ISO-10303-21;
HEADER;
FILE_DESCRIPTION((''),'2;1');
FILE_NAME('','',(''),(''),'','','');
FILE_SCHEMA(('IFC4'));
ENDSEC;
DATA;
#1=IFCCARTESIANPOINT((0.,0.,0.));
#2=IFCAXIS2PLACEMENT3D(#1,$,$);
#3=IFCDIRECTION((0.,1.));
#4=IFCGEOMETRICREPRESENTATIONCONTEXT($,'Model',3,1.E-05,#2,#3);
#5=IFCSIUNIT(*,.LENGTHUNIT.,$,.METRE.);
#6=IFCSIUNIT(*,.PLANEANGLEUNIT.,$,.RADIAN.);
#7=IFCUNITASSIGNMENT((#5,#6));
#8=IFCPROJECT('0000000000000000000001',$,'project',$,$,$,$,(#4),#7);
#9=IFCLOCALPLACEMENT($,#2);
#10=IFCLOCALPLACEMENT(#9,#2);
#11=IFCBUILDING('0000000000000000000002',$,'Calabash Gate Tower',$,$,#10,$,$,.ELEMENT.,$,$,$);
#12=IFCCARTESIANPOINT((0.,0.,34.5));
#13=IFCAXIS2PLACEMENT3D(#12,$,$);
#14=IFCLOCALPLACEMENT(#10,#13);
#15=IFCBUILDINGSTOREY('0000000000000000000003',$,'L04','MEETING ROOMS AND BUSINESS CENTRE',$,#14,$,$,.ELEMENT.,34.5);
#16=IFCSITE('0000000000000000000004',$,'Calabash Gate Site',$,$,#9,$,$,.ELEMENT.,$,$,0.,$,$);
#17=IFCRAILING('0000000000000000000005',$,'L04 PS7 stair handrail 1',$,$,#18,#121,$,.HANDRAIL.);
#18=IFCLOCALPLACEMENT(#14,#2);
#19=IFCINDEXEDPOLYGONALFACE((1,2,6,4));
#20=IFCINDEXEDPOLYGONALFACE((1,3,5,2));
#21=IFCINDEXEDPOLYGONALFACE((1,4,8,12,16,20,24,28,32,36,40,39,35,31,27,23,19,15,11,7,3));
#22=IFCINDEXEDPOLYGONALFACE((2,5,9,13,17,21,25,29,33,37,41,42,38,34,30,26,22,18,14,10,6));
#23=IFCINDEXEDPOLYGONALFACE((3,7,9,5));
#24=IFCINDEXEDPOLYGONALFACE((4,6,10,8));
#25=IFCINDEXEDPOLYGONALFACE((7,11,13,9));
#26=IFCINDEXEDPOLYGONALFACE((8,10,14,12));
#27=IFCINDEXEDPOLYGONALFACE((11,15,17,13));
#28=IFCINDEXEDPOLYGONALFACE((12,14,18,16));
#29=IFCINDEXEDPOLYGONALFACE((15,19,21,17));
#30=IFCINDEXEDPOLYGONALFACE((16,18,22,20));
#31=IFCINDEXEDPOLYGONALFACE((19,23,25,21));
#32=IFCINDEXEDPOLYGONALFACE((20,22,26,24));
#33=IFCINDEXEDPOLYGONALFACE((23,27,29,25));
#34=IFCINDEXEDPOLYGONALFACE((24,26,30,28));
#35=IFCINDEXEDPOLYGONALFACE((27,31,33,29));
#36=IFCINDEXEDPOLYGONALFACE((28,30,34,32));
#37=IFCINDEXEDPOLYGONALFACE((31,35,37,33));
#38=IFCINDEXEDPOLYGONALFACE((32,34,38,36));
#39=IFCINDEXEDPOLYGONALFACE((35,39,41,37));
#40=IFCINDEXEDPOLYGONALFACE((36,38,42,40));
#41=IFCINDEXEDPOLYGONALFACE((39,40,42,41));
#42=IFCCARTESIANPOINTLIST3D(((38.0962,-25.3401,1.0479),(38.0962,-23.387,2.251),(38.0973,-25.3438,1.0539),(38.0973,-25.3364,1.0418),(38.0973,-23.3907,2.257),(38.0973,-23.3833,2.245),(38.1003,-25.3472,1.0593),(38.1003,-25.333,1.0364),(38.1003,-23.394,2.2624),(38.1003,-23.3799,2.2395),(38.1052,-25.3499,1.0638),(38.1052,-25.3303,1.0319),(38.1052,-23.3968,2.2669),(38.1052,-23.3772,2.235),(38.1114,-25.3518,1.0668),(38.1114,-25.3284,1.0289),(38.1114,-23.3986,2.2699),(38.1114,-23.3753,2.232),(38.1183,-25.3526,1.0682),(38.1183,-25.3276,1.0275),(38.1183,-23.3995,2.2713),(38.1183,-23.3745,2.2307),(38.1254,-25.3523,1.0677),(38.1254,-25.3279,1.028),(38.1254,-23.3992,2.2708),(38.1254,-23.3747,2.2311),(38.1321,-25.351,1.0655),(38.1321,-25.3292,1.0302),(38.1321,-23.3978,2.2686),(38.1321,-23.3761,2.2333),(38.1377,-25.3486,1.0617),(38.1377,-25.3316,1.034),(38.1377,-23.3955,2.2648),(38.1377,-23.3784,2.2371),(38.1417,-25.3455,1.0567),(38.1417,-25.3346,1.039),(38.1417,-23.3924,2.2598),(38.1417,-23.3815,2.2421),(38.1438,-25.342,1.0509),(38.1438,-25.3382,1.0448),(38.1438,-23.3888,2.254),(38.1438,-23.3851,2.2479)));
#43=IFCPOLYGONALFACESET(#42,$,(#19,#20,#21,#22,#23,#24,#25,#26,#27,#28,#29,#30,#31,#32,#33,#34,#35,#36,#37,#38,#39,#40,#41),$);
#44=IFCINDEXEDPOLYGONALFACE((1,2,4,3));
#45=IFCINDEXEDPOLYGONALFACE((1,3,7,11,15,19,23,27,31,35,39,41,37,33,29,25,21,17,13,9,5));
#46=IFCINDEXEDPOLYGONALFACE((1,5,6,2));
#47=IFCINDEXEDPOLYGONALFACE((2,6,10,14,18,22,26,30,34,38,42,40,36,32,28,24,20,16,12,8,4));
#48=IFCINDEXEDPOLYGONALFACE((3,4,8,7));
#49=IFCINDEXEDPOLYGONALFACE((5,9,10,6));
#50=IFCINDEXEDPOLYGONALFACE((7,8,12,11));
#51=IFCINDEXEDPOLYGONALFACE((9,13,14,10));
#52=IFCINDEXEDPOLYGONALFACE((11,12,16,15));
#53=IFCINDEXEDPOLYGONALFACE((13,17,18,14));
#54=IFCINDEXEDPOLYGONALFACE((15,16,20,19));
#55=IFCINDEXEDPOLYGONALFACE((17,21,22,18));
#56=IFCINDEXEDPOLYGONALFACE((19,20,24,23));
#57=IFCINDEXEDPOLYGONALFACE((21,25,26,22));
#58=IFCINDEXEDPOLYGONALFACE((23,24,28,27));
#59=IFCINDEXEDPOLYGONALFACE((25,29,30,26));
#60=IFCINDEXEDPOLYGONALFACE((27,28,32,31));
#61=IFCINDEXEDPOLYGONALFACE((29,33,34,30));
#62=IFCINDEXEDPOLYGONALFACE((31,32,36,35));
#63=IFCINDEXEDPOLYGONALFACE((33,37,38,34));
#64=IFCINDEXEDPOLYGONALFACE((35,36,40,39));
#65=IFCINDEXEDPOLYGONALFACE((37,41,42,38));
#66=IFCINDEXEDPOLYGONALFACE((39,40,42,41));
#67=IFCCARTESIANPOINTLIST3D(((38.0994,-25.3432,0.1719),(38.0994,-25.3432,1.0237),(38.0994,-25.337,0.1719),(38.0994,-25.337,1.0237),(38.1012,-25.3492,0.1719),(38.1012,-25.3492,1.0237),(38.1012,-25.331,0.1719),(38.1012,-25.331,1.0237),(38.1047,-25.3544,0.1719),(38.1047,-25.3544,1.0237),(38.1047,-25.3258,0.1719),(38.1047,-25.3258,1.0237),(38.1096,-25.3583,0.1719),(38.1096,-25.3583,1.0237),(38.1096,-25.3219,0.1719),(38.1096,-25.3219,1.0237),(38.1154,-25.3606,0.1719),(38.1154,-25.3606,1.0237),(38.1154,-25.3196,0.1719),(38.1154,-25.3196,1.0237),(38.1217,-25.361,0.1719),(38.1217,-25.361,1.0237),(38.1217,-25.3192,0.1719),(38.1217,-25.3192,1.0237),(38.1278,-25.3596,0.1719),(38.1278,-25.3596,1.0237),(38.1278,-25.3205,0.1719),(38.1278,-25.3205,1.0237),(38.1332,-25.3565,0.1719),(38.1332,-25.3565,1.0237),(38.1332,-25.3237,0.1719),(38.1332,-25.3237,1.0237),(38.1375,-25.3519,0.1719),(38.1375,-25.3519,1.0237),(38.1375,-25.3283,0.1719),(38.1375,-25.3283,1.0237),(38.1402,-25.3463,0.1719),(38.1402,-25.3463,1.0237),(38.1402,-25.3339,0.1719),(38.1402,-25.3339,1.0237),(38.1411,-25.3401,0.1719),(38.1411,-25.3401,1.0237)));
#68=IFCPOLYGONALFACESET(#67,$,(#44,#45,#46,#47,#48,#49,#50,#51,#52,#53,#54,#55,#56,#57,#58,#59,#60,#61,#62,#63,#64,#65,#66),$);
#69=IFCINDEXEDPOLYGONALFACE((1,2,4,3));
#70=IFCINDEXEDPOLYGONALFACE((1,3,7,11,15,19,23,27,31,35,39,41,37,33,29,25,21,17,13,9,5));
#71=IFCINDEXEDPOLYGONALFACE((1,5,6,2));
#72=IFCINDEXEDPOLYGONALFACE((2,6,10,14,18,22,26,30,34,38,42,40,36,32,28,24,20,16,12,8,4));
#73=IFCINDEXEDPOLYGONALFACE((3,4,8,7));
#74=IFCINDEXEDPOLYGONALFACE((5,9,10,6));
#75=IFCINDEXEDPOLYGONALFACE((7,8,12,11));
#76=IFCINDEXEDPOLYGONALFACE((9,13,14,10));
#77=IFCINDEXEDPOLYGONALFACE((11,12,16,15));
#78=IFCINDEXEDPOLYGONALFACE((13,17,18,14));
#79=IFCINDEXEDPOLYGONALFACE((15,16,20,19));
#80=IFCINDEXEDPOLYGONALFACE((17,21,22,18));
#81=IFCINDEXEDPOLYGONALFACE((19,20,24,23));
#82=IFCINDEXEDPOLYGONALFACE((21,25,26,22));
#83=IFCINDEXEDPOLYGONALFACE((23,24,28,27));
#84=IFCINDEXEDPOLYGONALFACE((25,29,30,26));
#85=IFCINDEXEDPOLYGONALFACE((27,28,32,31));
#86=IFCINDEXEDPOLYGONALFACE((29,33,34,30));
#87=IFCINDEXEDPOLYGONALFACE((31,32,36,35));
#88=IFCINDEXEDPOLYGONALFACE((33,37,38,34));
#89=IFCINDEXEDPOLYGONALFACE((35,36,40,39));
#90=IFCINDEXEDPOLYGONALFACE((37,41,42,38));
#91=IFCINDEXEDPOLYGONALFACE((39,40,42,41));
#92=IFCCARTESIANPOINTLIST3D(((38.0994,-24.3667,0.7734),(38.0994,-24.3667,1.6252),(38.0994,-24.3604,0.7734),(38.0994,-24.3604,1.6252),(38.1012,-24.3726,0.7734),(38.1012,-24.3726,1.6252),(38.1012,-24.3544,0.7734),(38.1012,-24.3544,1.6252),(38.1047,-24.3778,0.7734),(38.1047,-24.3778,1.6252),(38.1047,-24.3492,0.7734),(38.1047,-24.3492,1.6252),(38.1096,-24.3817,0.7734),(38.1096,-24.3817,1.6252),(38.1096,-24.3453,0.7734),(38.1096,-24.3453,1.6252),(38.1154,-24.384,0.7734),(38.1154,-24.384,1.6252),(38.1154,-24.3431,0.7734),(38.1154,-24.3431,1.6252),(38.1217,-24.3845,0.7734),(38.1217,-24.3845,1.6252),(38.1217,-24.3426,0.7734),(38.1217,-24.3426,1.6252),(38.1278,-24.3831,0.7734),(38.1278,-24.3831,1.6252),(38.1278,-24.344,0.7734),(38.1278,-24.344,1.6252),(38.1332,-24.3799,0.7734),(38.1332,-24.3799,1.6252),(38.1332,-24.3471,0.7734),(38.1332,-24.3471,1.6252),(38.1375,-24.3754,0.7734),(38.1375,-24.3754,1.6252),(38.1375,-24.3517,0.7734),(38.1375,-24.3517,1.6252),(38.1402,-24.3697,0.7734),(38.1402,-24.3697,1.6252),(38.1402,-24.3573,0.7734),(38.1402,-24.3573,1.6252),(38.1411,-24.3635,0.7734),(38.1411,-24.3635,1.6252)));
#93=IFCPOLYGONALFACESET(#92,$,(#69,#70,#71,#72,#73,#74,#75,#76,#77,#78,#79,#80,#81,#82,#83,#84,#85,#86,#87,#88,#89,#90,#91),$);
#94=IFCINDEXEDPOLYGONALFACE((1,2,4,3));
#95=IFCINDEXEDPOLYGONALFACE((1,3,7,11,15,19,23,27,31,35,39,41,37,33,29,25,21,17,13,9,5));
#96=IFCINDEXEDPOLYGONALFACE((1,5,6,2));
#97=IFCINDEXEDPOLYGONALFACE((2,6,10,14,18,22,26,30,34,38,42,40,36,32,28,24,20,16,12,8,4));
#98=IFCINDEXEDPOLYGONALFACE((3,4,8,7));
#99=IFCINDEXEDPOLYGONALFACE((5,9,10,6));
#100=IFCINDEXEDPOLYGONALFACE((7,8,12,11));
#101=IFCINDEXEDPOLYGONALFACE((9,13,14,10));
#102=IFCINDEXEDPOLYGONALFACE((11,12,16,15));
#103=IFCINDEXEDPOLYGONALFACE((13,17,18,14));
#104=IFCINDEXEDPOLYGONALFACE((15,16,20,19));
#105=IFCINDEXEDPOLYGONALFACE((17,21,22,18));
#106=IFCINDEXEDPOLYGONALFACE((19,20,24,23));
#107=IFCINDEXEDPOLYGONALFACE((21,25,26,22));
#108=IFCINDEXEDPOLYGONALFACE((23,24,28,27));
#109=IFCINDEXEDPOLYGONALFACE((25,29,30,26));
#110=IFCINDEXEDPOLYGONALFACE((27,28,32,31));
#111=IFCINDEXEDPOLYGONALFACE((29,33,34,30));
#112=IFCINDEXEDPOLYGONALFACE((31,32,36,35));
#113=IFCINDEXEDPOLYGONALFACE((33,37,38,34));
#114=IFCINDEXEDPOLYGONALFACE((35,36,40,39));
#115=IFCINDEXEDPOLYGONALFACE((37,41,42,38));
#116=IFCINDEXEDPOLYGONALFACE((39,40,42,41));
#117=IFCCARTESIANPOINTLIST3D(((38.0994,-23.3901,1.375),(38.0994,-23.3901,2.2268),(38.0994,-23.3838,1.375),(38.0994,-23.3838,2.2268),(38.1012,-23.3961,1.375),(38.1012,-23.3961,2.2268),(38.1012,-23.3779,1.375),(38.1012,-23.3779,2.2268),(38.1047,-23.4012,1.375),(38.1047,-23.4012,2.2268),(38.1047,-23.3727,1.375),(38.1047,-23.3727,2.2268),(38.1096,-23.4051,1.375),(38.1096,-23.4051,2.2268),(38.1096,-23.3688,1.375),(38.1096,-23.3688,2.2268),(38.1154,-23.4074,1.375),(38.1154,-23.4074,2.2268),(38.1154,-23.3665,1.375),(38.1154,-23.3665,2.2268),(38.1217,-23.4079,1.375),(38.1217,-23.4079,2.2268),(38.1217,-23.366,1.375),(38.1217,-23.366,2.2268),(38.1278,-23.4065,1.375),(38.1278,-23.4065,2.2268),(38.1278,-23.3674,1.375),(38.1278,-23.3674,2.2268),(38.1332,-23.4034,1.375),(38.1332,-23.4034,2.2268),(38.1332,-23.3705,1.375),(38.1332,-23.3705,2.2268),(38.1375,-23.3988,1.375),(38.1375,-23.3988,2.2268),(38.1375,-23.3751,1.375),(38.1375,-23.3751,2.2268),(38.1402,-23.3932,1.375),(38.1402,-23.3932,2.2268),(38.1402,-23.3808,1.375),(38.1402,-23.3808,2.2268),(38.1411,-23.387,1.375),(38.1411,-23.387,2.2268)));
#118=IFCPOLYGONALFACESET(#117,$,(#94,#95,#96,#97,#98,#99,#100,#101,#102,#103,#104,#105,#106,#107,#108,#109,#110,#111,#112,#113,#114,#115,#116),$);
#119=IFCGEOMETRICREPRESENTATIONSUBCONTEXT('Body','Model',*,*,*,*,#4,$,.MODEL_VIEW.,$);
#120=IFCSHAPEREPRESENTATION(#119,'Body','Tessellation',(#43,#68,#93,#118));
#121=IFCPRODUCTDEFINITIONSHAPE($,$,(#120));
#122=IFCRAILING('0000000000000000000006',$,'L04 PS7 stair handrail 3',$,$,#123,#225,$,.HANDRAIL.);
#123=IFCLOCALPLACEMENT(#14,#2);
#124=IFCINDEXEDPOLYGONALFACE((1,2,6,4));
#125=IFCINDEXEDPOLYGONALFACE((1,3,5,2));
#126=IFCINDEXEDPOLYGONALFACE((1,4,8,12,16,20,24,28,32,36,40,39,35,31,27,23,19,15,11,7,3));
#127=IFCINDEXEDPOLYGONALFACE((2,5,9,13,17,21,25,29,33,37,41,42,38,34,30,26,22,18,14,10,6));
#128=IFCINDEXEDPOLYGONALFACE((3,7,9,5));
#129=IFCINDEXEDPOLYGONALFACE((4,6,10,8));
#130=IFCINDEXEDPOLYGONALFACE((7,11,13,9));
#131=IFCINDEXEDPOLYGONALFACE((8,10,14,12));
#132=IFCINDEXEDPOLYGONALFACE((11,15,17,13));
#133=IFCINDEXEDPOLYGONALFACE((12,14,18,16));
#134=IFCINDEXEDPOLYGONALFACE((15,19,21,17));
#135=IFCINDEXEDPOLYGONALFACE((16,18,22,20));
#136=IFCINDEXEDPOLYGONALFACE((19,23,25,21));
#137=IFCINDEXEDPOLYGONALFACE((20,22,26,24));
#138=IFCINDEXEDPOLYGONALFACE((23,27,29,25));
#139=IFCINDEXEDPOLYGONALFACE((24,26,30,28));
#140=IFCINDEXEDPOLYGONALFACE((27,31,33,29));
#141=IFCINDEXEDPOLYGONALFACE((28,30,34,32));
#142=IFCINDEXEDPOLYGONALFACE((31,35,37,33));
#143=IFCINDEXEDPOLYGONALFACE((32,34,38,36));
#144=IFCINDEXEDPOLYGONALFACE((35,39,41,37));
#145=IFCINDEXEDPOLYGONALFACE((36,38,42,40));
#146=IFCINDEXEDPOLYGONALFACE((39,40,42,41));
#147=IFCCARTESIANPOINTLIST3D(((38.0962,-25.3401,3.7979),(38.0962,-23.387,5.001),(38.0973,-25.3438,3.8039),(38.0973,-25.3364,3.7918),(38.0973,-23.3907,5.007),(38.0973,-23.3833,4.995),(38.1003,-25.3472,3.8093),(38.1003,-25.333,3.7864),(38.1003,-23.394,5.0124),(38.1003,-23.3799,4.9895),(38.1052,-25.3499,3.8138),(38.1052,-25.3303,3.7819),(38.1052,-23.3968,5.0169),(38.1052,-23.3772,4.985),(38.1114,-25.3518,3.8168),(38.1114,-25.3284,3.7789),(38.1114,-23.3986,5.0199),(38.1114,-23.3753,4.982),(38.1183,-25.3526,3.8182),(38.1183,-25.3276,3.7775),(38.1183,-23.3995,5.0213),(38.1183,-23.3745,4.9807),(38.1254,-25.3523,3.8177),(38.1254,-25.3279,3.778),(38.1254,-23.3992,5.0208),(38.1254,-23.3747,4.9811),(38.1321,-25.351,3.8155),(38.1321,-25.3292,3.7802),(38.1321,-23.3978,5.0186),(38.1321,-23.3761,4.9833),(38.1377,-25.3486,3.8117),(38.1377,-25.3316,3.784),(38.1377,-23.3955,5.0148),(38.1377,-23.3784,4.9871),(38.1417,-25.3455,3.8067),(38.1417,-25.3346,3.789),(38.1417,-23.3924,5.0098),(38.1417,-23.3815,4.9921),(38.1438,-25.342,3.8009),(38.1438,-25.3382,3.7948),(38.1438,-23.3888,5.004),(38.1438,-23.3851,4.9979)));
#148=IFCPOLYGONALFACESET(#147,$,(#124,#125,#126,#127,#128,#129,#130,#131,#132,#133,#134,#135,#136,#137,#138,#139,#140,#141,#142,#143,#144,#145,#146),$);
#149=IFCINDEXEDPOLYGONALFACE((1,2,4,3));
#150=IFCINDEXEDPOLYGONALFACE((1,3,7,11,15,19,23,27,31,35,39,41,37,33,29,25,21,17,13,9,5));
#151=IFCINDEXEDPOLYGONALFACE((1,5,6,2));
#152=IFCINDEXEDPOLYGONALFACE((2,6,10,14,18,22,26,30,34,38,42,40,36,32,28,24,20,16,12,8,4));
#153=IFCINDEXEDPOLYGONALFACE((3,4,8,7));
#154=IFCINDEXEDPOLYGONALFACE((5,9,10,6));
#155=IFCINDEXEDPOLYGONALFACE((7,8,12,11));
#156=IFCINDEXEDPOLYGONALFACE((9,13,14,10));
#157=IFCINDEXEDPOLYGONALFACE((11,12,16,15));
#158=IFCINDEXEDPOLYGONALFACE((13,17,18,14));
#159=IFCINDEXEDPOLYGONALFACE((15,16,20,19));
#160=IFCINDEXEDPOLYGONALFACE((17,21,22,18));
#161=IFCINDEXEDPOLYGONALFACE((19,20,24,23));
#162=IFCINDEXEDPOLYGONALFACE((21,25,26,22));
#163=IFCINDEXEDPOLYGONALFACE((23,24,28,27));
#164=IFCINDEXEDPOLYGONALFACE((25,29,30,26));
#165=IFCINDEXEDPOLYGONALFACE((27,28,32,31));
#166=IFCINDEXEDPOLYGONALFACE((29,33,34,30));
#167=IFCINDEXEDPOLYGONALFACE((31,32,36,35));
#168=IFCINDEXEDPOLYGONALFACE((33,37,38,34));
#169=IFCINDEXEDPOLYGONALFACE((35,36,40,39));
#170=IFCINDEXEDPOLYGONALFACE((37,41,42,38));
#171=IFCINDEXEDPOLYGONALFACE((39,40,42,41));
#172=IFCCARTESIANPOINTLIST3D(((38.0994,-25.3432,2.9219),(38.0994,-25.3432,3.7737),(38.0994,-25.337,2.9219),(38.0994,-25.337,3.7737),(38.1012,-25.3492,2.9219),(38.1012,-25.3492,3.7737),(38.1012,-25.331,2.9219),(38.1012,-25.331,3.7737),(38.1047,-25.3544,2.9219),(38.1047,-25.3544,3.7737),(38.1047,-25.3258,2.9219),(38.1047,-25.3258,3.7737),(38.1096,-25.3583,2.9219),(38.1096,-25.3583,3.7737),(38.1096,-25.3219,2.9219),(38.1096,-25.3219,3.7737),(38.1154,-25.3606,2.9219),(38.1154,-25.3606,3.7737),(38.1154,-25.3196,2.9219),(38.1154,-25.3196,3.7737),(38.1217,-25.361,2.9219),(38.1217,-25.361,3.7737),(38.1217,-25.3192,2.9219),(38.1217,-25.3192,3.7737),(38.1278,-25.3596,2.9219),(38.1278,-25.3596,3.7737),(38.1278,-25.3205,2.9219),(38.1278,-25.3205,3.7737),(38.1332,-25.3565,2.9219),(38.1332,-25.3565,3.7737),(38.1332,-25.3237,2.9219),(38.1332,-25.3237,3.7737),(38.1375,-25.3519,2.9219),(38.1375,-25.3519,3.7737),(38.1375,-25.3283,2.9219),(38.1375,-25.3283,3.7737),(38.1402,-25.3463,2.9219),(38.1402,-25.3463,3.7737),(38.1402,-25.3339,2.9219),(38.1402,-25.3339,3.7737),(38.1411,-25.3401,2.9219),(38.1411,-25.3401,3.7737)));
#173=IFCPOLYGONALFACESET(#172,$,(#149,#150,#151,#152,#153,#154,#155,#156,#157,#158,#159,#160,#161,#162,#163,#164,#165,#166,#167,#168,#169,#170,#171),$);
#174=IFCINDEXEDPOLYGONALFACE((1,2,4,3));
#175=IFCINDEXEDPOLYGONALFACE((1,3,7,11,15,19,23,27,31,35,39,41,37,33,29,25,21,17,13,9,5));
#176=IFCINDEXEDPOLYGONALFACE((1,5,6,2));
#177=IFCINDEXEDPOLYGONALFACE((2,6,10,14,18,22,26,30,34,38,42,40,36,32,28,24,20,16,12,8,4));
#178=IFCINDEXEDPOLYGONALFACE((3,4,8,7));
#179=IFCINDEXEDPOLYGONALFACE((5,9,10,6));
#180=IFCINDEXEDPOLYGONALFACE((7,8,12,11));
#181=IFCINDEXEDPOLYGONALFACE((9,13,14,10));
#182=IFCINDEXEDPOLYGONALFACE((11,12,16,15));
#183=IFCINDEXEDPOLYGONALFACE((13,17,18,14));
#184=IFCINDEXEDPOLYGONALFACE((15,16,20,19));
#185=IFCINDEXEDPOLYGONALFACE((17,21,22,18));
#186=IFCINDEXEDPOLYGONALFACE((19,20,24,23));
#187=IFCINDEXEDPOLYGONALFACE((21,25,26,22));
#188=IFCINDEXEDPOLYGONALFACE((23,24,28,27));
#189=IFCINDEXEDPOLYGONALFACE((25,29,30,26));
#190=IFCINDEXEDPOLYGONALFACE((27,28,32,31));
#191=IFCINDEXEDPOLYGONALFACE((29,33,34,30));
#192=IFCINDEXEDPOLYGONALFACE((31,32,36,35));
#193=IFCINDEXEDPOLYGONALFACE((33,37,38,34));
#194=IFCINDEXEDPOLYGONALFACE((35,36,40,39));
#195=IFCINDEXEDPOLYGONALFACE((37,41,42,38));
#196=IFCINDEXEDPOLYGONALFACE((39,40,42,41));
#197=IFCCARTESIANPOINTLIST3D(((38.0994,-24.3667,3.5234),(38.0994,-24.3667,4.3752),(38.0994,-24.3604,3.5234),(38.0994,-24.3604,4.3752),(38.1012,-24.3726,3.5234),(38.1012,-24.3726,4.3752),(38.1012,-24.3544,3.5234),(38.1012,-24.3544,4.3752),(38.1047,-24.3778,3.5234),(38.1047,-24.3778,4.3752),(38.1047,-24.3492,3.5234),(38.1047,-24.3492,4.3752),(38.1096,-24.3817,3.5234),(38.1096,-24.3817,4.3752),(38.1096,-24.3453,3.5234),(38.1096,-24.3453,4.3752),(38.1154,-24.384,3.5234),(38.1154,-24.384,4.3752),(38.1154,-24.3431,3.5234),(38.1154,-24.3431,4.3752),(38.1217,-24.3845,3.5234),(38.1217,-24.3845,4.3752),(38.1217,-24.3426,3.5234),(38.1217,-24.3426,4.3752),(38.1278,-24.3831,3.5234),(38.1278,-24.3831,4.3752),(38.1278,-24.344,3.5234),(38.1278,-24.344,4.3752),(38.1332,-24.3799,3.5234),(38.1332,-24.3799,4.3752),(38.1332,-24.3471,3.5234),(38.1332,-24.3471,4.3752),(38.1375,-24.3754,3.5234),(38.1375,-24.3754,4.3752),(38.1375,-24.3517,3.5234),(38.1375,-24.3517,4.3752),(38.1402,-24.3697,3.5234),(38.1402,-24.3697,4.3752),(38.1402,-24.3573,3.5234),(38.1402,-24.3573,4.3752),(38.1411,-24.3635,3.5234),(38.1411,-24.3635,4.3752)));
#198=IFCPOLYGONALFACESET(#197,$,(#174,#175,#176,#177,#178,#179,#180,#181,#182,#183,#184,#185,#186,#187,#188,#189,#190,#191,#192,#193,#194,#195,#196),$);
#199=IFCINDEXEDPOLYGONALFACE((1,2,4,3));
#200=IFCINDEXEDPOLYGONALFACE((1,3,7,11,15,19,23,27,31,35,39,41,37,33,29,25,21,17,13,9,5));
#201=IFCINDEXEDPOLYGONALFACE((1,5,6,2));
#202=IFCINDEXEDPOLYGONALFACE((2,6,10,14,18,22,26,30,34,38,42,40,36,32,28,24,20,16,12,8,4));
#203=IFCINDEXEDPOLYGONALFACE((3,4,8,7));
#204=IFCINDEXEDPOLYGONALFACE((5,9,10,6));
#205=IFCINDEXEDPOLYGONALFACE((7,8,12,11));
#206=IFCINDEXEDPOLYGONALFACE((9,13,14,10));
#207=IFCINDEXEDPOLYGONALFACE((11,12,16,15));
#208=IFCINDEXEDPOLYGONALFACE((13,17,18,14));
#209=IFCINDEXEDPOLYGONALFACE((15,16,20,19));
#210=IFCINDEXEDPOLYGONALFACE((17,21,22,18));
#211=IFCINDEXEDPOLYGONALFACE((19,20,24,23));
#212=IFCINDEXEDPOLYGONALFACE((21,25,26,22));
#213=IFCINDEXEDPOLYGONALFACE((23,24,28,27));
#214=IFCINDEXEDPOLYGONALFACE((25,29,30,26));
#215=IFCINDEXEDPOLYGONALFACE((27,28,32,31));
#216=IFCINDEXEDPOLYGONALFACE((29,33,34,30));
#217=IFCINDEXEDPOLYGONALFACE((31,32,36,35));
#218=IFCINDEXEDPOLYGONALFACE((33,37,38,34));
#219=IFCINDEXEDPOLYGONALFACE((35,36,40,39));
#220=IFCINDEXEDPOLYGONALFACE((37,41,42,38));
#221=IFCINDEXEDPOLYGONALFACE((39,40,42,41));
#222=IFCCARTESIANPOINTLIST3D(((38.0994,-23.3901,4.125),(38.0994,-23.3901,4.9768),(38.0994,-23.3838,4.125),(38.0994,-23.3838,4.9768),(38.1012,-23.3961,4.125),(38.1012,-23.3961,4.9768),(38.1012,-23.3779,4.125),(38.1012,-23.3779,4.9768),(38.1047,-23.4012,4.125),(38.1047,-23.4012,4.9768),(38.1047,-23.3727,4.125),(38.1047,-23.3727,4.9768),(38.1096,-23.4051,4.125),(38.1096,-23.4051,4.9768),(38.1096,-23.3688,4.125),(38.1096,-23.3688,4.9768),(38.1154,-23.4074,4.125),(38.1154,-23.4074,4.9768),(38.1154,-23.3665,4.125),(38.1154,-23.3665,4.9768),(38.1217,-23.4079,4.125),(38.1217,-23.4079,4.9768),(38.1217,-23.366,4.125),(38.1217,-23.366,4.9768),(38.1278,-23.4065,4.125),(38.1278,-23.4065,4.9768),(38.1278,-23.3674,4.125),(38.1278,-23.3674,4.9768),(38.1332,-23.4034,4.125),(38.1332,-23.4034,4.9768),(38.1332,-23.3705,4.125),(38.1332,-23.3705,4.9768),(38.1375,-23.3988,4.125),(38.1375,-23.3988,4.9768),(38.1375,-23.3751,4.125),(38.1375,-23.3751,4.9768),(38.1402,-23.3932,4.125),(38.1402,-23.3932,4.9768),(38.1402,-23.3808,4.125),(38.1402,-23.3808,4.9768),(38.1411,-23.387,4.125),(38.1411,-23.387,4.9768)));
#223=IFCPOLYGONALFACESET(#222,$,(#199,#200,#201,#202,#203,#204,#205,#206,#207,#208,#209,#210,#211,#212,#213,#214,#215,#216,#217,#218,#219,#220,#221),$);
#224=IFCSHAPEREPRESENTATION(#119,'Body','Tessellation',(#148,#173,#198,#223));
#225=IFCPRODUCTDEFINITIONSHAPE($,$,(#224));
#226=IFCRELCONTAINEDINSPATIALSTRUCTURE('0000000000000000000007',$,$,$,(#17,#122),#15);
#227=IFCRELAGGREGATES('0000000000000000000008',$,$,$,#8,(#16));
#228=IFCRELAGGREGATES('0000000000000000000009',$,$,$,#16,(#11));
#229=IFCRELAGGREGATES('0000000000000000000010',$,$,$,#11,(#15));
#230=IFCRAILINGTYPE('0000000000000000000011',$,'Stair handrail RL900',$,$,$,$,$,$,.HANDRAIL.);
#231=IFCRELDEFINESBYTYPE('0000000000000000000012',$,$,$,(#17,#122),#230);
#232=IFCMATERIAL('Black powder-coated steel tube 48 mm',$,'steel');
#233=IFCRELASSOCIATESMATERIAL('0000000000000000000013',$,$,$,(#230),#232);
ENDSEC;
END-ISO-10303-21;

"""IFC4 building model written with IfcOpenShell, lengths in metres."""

from ifc_helpers import new_model, si_unit, direction, frame, origin, origin_2d, place, context, subcontext, project, spatial, circle, extrude, material, type_object, element, save


model = new_model("IFC4")

# Units and contexts
model_context = context("Model", 3, precision=1e-05, world=origin(), true_north=direction((0.0, 1.0)))
body_context = subcontext(model_context, "Body", "Model", "MODEL_VIEW")
ifc_project = project(units=[si_unit("LENGTHUNIT", "METRE"), si_unit("PLANEANGLEUNIT", "RADIAN")], contexts=[model_context])

# Site, building, storey
site_placement = place(None, origin())
site = spatial("IfcSite", under=ifc_project, at=site_placement, Name="Calabash Gate Site", CompositionType="ELEMENT", RefElevation=0.0)
building_placement = place(site_placement, origin())
building = spatial("IfcBuilding", under=site, at=building_placement, Name="Calabash Gate Tower", CompositionType="ELEMENT")
storey_placement = place(building_placement, frame((0.0, 0.0, 34.5)))
storey = spatial("IfcBuildingStorey", under=building, at=storey_placement, Name="L04", Description="MEETING ROOMS AND BUSINESS CENTRE", CompositionType="ELEMENT", Elevation=34.5)

# Railings
ifc_material_1 = material(Name="Black powder-coated steel tube 48 mm", Category="steel")
railing_type_1 = type_object("IfcRailingType", Name="Stair handrail RL900", PredefinedType="HANDRAIL", material=ifc_material_1)
for number, where, name in (
    (1, (38.1201, -25.3401, 0.1719), "L04 PS7 stair handrail 1"),
    (2, (38.1201, -25.3401, 2.9219), "L04 PS7 stair handrail 3"),
):
    element("IfcRailing", number, at=place(storey_placement, frame(where)), inside=storey, type_object=railing_type_1, Name=name, PredefinedType="HANDRAIL", context=body_context, shape_type="SweptSolid", body=[
        extrude(circle(Radius=0.0239, at=origin_2d()), frame((0.0, 0.0, 0.876), z_axis=(0.0, 0.851424, 0.524477), x_axis=(-1.0, 0.0, 0.0)), (0.0, 0.0, 1.0), 2.2939),
        extrude(circle(Radius=0.021, at=origin_2d()), origin(), (0.0, 0.0, 1.0), 0.8518),
        extrude(circle(Radius=0.021, at=origin_2d()), frame((0.0, 0.9766, 0.6016)), (0.0, 0.0, 1.0), 0.8518),
        extrude(circle(Radius=0.021, at=origin_2d()), frame((0.0, 1.9531, 1.2031)), (0.0, 0.0, 1.0), 0.8518),
    ])

save(model, "model.ifc")
